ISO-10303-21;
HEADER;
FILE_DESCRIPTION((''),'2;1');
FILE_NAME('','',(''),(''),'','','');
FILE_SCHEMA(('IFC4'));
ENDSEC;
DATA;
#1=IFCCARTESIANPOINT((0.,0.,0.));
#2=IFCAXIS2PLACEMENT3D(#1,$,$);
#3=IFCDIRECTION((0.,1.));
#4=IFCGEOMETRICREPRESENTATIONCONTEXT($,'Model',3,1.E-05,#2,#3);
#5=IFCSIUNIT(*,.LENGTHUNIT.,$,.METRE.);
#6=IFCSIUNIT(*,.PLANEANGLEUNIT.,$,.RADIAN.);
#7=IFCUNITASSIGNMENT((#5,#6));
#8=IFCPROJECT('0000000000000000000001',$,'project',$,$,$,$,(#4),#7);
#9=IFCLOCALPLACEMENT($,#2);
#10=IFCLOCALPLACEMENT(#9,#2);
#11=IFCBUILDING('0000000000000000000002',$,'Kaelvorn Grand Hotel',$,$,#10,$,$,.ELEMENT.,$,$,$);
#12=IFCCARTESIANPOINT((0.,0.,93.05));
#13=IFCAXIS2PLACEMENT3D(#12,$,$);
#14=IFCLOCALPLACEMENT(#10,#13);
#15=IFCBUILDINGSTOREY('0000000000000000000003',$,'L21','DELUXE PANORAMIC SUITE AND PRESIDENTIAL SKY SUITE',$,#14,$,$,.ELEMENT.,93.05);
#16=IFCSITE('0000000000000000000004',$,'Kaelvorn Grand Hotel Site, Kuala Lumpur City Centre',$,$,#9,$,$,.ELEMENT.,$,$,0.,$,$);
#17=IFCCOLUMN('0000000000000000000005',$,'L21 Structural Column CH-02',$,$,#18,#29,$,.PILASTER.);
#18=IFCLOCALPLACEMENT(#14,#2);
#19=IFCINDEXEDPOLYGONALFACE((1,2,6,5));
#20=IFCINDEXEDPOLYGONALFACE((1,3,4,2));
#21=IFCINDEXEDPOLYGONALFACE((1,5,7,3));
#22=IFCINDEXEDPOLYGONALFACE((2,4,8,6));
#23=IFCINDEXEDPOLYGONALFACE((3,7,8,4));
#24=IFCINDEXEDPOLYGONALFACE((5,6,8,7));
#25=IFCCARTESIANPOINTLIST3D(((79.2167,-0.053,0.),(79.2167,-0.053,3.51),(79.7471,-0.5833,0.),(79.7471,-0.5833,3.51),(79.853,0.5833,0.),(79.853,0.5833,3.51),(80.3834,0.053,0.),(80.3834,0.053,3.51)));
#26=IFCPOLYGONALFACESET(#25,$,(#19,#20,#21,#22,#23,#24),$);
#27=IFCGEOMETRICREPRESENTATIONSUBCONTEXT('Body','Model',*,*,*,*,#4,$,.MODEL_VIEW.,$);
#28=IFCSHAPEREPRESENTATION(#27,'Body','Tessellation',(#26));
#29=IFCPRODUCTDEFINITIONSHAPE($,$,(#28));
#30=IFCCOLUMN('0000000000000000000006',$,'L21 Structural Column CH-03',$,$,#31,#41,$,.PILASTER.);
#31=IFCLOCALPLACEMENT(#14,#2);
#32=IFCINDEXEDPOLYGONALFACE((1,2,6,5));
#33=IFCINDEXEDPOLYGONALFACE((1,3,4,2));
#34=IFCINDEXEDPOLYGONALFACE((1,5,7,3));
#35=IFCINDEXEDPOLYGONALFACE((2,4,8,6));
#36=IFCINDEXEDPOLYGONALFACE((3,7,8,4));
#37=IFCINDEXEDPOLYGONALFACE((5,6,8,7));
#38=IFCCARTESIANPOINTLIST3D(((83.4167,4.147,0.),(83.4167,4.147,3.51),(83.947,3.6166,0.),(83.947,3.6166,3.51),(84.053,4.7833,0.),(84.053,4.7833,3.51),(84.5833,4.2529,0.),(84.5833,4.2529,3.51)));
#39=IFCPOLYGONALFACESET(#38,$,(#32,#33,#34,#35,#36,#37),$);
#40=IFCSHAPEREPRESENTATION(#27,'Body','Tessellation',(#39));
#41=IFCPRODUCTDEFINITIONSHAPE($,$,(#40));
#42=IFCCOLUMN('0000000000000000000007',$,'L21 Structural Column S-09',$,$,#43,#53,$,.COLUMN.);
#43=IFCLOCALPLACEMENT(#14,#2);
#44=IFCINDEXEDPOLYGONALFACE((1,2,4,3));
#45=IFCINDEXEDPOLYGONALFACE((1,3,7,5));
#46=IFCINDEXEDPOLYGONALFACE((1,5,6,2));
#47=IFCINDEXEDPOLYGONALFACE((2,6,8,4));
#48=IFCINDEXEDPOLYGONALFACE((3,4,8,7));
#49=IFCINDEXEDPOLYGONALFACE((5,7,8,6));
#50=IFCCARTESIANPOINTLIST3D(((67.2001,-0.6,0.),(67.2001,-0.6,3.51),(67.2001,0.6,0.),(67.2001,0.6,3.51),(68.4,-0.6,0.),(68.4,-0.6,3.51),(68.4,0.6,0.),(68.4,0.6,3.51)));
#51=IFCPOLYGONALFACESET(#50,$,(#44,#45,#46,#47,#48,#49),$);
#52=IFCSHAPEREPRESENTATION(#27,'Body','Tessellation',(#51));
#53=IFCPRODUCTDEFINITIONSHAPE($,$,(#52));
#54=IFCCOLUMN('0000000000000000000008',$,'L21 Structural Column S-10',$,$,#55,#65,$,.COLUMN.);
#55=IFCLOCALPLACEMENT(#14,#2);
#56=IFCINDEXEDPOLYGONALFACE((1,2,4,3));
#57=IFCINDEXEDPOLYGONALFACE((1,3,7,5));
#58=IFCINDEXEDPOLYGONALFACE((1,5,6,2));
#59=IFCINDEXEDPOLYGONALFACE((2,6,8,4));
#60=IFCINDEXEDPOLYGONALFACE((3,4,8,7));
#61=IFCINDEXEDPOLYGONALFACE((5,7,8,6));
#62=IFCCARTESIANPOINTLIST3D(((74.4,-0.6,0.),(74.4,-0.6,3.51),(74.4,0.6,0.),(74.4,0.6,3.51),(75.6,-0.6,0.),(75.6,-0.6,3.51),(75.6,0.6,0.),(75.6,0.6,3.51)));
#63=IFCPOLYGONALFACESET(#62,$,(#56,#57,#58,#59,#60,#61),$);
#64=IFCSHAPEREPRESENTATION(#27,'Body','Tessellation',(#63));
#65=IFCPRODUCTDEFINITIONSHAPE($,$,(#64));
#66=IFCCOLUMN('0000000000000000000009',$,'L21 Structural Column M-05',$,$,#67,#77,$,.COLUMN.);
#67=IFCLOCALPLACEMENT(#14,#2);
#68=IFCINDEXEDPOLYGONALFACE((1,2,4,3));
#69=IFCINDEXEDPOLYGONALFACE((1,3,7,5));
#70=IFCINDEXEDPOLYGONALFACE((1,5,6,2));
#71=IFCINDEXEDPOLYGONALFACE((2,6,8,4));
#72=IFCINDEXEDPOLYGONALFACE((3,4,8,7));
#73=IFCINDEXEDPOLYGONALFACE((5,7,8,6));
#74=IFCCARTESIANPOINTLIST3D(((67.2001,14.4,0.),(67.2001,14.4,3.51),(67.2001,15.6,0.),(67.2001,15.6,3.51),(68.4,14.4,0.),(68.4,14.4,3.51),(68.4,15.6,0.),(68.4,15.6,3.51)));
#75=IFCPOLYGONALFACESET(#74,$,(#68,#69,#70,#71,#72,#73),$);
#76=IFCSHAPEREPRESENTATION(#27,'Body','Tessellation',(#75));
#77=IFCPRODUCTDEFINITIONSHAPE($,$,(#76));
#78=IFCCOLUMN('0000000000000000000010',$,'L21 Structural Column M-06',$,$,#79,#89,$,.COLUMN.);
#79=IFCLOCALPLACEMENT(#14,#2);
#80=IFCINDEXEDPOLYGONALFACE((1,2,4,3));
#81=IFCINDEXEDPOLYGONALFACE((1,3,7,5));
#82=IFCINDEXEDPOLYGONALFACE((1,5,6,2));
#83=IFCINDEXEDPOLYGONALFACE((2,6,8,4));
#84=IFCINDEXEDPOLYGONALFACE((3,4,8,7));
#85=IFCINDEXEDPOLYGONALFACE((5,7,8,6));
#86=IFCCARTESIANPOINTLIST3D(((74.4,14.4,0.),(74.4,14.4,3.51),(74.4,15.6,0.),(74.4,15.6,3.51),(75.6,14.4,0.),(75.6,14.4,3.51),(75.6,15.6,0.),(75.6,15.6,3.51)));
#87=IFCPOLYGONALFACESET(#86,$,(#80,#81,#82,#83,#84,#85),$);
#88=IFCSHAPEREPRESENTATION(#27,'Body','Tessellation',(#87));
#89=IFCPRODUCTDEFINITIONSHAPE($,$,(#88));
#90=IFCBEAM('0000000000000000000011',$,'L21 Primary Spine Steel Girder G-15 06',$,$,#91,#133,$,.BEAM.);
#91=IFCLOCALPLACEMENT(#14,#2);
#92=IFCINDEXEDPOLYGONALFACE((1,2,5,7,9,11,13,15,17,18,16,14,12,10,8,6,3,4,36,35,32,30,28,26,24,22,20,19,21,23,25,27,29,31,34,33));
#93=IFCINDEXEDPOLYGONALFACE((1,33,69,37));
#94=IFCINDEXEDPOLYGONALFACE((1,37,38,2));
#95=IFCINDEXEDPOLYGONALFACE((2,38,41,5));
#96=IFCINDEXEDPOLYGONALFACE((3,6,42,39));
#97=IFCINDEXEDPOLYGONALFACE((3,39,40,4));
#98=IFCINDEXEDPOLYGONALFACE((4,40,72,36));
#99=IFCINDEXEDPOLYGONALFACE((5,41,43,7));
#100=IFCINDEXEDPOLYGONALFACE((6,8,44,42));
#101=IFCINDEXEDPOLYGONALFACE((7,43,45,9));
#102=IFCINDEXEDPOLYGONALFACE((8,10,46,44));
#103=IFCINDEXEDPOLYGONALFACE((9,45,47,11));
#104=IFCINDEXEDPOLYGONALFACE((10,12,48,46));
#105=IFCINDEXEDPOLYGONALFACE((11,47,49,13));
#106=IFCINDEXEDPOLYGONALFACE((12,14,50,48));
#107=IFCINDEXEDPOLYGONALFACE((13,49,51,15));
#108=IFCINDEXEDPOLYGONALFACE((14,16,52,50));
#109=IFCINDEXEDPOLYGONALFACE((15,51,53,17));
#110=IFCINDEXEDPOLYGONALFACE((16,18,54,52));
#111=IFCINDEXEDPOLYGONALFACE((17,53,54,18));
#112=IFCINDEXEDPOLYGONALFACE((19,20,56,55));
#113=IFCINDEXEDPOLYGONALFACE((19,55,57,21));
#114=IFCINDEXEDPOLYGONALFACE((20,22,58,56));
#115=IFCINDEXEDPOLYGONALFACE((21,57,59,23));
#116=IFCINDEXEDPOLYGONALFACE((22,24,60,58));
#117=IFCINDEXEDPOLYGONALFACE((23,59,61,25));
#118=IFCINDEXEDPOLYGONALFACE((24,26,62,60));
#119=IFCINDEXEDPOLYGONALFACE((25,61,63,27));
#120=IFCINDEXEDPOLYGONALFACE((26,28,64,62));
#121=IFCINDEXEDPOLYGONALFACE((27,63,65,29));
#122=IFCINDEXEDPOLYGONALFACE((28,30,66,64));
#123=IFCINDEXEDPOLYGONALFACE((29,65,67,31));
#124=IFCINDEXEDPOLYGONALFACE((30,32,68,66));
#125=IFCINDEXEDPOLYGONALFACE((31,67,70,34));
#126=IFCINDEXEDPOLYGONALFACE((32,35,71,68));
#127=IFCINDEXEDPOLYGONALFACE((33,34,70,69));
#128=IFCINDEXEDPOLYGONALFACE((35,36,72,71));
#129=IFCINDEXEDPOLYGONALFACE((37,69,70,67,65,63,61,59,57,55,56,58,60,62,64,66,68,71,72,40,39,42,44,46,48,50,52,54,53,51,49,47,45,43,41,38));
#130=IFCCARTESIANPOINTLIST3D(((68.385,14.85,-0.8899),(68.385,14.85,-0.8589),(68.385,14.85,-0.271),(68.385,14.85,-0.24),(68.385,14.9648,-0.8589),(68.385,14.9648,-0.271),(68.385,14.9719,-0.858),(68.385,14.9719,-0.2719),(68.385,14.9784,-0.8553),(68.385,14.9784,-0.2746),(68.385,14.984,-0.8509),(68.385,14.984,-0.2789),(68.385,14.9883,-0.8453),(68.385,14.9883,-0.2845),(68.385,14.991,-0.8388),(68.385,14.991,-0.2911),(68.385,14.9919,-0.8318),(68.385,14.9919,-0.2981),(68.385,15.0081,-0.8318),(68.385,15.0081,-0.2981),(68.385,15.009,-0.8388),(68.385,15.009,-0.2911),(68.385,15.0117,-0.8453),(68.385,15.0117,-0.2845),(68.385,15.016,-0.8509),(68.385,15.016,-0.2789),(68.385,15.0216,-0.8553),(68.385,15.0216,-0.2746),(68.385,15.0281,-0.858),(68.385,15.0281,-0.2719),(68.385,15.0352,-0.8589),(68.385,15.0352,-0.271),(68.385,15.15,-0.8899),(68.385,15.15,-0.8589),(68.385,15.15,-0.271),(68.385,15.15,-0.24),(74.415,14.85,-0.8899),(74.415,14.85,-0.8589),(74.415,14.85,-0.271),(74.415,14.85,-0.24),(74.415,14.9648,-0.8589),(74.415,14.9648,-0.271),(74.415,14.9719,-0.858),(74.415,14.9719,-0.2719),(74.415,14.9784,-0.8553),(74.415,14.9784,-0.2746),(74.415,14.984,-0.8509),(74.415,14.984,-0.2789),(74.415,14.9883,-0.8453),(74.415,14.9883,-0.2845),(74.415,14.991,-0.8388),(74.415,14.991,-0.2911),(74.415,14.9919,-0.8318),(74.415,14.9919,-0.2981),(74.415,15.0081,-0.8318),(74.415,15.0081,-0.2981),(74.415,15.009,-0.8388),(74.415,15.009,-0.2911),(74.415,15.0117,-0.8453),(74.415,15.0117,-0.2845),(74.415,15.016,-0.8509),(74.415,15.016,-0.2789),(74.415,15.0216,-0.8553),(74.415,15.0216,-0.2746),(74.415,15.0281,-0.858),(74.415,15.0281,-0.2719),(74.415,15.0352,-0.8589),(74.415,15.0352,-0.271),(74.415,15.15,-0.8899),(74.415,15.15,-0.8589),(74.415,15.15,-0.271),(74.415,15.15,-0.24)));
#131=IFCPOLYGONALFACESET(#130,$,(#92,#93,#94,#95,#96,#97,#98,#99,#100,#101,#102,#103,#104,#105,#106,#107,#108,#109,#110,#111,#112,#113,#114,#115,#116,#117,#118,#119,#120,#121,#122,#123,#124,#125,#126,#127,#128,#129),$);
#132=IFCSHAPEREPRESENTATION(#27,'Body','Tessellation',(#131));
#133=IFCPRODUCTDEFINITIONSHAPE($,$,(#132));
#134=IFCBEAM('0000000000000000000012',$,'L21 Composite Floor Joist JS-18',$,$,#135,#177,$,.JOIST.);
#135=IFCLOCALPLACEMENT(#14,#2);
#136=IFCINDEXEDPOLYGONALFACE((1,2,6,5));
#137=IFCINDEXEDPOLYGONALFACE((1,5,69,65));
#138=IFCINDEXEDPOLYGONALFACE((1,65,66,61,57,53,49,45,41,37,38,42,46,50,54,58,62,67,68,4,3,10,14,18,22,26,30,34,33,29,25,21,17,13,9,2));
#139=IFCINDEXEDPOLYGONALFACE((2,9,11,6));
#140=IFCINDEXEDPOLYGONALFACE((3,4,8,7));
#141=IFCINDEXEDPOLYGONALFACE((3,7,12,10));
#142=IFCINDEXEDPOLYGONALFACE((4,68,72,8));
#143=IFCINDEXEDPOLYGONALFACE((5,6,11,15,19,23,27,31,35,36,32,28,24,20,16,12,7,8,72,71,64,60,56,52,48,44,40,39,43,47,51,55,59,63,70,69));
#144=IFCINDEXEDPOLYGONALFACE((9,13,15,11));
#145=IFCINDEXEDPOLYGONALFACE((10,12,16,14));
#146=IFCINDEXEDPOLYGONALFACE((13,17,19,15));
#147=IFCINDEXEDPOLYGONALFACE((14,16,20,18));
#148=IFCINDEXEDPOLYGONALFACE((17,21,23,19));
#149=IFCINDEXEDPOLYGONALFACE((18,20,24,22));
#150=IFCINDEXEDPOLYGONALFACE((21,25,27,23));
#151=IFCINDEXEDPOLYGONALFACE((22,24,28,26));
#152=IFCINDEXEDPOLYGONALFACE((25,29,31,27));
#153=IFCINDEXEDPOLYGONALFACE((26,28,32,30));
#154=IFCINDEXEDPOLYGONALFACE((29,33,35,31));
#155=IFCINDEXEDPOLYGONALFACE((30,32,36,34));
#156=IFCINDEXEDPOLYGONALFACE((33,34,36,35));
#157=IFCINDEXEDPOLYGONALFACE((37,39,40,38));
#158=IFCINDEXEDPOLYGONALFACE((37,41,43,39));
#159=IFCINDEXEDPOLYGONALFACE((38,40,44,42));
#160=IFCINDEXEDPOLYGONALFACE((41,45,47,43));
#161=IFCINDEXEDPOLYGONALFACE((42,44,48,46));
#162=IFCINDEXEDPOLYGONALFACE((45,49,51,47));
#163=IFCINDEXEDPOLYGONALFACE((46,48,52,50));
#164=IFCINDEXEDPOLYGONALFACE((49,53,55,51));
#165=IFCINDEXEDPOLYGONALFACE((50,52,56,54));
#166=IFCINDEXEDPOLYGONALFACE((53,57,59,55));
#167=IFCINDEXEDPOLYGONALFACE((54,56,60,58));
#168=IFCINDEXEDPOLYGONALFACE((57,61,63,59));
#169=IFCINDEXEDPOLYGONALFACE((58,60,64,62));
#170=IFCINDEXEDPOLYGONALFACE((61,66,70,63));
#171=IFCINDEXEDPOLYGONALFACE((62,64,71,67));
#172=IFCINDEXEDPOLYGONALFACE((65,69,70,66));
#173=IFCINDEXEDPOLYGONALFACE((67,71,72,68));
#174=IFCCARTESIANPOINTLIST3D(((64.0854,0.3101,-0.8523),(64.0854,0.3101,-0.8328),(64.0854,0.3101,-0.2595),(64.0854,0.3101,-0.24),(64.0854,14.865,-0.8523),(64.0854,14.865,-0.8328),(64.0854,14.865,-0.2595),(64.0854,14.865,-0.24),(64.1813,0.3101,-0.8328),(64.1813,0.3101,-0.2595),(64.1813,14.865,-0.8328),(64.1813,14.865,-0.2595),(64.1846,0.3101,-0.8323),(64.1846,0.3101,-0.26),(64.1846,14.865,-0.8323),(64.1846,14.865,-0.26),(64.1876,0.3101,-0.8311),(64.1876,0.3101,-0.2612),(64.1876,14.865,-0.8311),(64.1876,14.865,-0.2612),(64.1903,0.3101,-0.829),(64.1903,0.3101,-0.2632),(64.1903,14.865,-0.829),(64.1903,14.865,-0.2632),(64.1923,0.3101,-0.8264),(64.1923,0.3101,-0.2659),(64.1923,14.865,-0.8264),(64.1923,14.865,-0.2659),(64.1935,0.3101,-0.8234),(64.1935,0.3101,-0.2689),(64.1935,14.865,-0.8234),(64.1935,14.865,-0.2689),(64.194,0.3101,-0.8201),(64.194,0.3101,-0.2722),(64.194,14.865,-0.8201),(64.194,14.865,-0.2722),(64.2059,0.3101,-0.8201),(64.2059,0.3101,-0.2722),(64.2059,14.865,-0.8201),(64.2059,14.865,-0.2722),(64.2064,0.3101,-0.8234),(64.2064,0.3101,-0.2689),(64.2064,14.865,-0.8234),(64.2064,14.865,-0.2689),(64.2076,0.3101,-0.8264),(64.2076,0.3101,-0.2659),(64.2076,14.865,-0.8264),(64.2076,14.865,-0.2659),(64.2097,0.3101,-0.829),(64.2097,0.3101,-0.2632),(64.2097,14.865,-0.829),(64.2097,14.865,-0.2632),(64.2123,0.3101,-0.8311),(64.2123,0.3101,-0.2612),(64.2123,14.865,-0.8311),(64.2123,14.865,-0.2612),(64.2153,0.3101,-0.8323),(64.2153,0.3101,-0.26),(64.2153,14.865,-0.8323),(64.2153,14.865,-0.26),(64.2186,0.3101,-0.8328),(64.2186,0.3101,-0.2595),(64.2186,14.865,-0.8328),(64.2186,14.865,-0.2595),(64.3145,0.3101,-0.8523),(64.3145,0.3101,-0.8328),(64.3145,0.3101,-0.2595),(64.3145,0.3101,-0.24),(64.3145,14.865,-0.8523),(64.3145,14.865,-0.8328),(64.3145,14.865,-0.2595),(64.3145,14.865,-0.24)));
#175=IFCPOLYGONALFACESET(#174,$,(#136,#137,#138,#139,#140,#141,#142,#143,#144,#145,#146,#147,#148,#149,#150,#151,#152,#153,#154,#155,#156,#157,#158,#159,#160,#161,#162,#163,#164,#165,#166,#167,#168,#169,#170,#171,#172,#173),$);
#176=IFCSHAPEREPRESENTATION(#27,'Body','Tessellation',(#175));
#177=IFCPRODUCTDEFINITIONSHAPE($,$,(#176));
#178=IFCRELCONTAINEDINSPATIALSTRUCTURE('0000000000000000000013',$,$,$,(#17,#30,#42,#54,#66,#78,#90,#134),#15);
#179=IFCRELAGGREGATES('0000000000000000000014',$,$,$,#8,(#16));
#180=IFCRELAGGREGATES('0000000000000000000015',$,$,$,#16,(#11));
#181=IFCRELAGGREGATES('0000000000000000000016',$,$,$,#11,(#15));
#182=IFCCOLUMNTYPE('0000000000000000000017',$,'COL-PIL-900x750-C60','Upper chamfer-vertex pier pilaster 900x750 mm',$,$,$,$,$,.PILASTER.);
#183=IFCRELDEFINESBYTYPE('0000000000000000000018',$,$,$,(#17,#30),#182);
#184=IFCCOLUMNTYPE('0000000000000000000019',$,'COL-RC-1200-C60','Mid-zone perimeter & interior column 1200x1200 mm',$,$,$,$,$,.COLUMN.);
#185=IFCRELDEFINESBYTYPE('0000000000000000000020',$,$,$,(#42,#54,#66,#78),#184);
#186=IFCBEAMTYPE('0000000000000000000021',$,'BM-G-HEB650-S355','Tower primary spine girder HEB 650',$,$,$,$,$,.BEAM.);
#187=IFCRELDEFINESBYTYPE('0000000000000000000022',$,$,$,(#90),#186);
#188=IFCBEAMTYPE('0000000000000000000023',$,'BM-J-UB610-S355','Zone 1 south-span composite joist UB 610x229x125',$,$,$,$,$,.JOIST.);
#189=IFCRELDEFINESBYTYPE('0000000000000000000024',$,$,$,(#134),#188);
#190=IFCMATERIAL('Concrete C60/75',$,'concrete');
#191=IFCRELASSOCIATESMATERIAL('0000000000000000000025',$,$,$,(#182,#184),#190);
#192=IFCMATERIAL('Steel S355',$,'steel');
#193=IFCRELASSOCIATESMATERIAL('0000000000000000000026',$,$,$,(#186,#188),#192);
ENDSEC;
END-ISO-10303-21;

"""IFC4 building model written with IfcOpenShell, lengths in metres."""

from ifc_helpers import new_model, si_unit, direction, frame, origin, origin_2d, place, context, subcontext, project, spatial, rectangle, i_section, extrude, material, material_profile, profile_set, type_object, element, save


model = new_model("IFC4")

# Units and contexts
model_context = context("Model", 3, precision=1e-05, world=origin(), true_north=direction((0.0, 1.0)))
body_context = subcontext(model_context, "Body", "Model", "MODEL_VIEW")
ifc_project = project(units=[si_unit("LENGTHUNIT", "METRE"), si_unit("PLANEANGLEUNIT", "RADIAN")], contexts=[model_context])

# Site, building, storey
site_placement = place(None, origin())
site = spatial("IfcSite", under=ifc_project, at=site_placement, Name="Kaelvorn Grand Hotel Site, Kuala Lumpur City Centre", CompositionType="ELEMENT", RefElevation=0.0)
building_placement = place(site_placement, origin())
building = spatial("IfcBuilding", under=site, at=building_placement, Name="Kaelvorn Grand Hotel", CompositionType="ELEMENT")
storey_placement = place(building_placement, frame((0.0, 0.0, 93.05)))
storey = spatial("IfcBuildingStorey", under=building, at=storey_placement, Name="L21", Description="DELUXE PANORAMIC SUITE AND PRESIDENTIAL SKY SUITE", CompositionType="ELEMENT", Elevation=93.05)

# Columns
ifc_material_1 = material(Name="Concrete C60/75", Category="concrete")
ifc_material_profile_1 = material_profile(ifc_material_1, rectangle(XDim=0.8999, YDim=0.75, at=origin_2d()), Name="RC PILASTER 900x750")
ifc_profile_set_1 = profile_set([ifc_material_profile_1], Name="Concrete C60/75")
column_type_1 = type_object("IfcColumnType", Name="COL-PIL-900x750-C60", Description="Upper chamfer-vertex pier pilaster 900x750 mm", PredefinedType="PILASTER", material=ifc_profile_set_1)
for number, where, z_axis, x_axis, name in (
    (1, (79.8, 0.0, 0.0), (0.0, 0.0, 1.0), (0.707107, 0.707107, 0.0), "L21 Structural Column CH-02"),
    (2, (84.0, 4.2, 0.0), (0.0, 0.0, 1.0), (0.707107, 0.707107, 0.0), "L21 Structural Column CH-03"),
):
    element("IfcColumn", number, at=place(storey_placement, frame(where, z_axis=z_axis, x_axis=x_axis)), inside=storey, type_object=column_type_1, Name=name, PredefinedType="PILASTER", context=body_context, shape_type="SweptSolid", body=[
        extrude(rectangle(XDim=0.8999, YDim=0.75, at=origin_2d()), origin(), (0.0, 0.0, 1.0), 3.51),
    ])
ifc_material_profile_2 = material_profile(ifc_material_1, rectangle(XDim=1.2, YDim=1.2, at=origin_2d()), Name="RC COL 1200x1200")
ifc_profile_set_2 = profile_set([ifc_material_profile_2], Name="Concrete C60/75")
column_type_2 = type_object("IfcColumnType", Name="COL-RC-1200-C60", Description="Mid-zone perimeter & interior column 1200x1200 mm", PredefinedType="COLUMN", material=ifc_profile_set_2)
for number, where, z_axis, x_axis, name in (
    (3, (67.8, 0.0, 0.0), (0.0, 0.0, 1.0), (1.0, 0.0, 0.0), "L21 Structural Column S-09"),
    (4, (75.0, 0.0, 0.0), (0.0, 0.0, 1.0), (1.0, 0.0, 0.0), "L21 Structural Column S-10"),
    (5, (67.8, 15.0, 0.0), (0.0, 0.0, 1.0), (1.0, 0.0, 0.0), "L21 Structural Column M-05"),
    (6, (75.0, 15.0, 0.0), (0.0, 0.0, 1.0), (1.0, 0.0, 0.0), "L21 Structural Column M-06"),
):
    element("IfcColumn", number, at=place(storey_placement, frame(where, z_axis=z_axis, x_axis=x_axis)), inside=storey, type_object=column_type_2, Name=name, PredefinedType="COLUMN", context=body_context, shape_type="SweptSolid", body=[
        extrude(rectangle(XDim=1.2, YDim=1.2, at=origin_2d()), origin(), (0.0, 0.0, 1.0), 3.51),
    ])

# Beams
ifc_material_2 = material(Name="Steel S355", Category="steel")
ifc_material_profile_3 = material_profile(ifc_material_2, i_section(OverallWidth=0.3, OverallDepth=0.6499, WebThickness=0.0161, FlangeThickness=0.031, FilletRadius=0.0271, at=origin_2d()), Name="HEB 650")
ifc_profile_set_3 = profile_set([ifc_material_profile_3], Name="Steel S355")
beam_type_1 = type_object("IfcBeamType", Name="BM-G-HEB650-S355", Description="Tower primary spine girder HEB 650", PredefinedType="BEAM", material=ifc_profile_set_3)
beam_1_placement = place(storey_placement, frame((68.385, 15.0, -0.5649), z_axis=(1.0, 0.0, 0.0), x_axis=(0.0, 1.0, 0.0)))
element("IfcBeam", 7, at=beam_1_placement, inside=storey, type_object=beam_type_1, Name="L21 Primary Spine Steel Girder G-15 06", PredefinedType="BEAM", context=body_context, shape_type="SweptSolid", body=[
    extrude(i_section(OverallWidth=0.3, OverallDepth=0.6499, WebThickness=0.0161, FlangeThickness=0.031, FilletRadius=0.0271, at=origin_2d()), origin(), (0.0, 0.0, 1.0), 6.03),
])
ifc_material_profile_4 = material_profile(ifc_material_2, i_section(OverallWidth=0.229, OverallDepth=0.6123, WebThickness=0.012, FlangeThickness=0.0195, FilletRadius=0.0127, at=origin_2d()), Name="UB 610x229x125")
ifc_profile_set_4 = profile_set([ifc_material_profile_4], Name="Steel S355")
beam_type_2 = type_object("IfcBeamType", Name="BM-J-UB610-S355", Description="Zone 1 south-span composite joist UB 610x229x125", PredefinedType="JOIST", material=ifc_profile_set_4)
beam_2_placement = place(storey_placement, frame((64.2, 0.3101, -0.5461), z_axis=(0.0, 1.0, 0.0), x_axis=(-1.0, 0.0, 0.0)))
element("IfcBeam", 8, at=beam_2_placement, inside=storey, type_object=beam_type_2, Name="L21 Composite Floor Joist JS-18", PredefinedType="JOIST", context=body_context, shape_type="SweptSolid", body=[
    extrude(i_section(OverallWidth=0.229, OverallDepth=0.6123, WebThickness=0.012, FlangeThickness=0.0195, FilletRadius=0.0127, at=origin_2d()), origin(), (0.0, 0.0, 1.0), 14.5549),
])

save(model, "model.ifc")
